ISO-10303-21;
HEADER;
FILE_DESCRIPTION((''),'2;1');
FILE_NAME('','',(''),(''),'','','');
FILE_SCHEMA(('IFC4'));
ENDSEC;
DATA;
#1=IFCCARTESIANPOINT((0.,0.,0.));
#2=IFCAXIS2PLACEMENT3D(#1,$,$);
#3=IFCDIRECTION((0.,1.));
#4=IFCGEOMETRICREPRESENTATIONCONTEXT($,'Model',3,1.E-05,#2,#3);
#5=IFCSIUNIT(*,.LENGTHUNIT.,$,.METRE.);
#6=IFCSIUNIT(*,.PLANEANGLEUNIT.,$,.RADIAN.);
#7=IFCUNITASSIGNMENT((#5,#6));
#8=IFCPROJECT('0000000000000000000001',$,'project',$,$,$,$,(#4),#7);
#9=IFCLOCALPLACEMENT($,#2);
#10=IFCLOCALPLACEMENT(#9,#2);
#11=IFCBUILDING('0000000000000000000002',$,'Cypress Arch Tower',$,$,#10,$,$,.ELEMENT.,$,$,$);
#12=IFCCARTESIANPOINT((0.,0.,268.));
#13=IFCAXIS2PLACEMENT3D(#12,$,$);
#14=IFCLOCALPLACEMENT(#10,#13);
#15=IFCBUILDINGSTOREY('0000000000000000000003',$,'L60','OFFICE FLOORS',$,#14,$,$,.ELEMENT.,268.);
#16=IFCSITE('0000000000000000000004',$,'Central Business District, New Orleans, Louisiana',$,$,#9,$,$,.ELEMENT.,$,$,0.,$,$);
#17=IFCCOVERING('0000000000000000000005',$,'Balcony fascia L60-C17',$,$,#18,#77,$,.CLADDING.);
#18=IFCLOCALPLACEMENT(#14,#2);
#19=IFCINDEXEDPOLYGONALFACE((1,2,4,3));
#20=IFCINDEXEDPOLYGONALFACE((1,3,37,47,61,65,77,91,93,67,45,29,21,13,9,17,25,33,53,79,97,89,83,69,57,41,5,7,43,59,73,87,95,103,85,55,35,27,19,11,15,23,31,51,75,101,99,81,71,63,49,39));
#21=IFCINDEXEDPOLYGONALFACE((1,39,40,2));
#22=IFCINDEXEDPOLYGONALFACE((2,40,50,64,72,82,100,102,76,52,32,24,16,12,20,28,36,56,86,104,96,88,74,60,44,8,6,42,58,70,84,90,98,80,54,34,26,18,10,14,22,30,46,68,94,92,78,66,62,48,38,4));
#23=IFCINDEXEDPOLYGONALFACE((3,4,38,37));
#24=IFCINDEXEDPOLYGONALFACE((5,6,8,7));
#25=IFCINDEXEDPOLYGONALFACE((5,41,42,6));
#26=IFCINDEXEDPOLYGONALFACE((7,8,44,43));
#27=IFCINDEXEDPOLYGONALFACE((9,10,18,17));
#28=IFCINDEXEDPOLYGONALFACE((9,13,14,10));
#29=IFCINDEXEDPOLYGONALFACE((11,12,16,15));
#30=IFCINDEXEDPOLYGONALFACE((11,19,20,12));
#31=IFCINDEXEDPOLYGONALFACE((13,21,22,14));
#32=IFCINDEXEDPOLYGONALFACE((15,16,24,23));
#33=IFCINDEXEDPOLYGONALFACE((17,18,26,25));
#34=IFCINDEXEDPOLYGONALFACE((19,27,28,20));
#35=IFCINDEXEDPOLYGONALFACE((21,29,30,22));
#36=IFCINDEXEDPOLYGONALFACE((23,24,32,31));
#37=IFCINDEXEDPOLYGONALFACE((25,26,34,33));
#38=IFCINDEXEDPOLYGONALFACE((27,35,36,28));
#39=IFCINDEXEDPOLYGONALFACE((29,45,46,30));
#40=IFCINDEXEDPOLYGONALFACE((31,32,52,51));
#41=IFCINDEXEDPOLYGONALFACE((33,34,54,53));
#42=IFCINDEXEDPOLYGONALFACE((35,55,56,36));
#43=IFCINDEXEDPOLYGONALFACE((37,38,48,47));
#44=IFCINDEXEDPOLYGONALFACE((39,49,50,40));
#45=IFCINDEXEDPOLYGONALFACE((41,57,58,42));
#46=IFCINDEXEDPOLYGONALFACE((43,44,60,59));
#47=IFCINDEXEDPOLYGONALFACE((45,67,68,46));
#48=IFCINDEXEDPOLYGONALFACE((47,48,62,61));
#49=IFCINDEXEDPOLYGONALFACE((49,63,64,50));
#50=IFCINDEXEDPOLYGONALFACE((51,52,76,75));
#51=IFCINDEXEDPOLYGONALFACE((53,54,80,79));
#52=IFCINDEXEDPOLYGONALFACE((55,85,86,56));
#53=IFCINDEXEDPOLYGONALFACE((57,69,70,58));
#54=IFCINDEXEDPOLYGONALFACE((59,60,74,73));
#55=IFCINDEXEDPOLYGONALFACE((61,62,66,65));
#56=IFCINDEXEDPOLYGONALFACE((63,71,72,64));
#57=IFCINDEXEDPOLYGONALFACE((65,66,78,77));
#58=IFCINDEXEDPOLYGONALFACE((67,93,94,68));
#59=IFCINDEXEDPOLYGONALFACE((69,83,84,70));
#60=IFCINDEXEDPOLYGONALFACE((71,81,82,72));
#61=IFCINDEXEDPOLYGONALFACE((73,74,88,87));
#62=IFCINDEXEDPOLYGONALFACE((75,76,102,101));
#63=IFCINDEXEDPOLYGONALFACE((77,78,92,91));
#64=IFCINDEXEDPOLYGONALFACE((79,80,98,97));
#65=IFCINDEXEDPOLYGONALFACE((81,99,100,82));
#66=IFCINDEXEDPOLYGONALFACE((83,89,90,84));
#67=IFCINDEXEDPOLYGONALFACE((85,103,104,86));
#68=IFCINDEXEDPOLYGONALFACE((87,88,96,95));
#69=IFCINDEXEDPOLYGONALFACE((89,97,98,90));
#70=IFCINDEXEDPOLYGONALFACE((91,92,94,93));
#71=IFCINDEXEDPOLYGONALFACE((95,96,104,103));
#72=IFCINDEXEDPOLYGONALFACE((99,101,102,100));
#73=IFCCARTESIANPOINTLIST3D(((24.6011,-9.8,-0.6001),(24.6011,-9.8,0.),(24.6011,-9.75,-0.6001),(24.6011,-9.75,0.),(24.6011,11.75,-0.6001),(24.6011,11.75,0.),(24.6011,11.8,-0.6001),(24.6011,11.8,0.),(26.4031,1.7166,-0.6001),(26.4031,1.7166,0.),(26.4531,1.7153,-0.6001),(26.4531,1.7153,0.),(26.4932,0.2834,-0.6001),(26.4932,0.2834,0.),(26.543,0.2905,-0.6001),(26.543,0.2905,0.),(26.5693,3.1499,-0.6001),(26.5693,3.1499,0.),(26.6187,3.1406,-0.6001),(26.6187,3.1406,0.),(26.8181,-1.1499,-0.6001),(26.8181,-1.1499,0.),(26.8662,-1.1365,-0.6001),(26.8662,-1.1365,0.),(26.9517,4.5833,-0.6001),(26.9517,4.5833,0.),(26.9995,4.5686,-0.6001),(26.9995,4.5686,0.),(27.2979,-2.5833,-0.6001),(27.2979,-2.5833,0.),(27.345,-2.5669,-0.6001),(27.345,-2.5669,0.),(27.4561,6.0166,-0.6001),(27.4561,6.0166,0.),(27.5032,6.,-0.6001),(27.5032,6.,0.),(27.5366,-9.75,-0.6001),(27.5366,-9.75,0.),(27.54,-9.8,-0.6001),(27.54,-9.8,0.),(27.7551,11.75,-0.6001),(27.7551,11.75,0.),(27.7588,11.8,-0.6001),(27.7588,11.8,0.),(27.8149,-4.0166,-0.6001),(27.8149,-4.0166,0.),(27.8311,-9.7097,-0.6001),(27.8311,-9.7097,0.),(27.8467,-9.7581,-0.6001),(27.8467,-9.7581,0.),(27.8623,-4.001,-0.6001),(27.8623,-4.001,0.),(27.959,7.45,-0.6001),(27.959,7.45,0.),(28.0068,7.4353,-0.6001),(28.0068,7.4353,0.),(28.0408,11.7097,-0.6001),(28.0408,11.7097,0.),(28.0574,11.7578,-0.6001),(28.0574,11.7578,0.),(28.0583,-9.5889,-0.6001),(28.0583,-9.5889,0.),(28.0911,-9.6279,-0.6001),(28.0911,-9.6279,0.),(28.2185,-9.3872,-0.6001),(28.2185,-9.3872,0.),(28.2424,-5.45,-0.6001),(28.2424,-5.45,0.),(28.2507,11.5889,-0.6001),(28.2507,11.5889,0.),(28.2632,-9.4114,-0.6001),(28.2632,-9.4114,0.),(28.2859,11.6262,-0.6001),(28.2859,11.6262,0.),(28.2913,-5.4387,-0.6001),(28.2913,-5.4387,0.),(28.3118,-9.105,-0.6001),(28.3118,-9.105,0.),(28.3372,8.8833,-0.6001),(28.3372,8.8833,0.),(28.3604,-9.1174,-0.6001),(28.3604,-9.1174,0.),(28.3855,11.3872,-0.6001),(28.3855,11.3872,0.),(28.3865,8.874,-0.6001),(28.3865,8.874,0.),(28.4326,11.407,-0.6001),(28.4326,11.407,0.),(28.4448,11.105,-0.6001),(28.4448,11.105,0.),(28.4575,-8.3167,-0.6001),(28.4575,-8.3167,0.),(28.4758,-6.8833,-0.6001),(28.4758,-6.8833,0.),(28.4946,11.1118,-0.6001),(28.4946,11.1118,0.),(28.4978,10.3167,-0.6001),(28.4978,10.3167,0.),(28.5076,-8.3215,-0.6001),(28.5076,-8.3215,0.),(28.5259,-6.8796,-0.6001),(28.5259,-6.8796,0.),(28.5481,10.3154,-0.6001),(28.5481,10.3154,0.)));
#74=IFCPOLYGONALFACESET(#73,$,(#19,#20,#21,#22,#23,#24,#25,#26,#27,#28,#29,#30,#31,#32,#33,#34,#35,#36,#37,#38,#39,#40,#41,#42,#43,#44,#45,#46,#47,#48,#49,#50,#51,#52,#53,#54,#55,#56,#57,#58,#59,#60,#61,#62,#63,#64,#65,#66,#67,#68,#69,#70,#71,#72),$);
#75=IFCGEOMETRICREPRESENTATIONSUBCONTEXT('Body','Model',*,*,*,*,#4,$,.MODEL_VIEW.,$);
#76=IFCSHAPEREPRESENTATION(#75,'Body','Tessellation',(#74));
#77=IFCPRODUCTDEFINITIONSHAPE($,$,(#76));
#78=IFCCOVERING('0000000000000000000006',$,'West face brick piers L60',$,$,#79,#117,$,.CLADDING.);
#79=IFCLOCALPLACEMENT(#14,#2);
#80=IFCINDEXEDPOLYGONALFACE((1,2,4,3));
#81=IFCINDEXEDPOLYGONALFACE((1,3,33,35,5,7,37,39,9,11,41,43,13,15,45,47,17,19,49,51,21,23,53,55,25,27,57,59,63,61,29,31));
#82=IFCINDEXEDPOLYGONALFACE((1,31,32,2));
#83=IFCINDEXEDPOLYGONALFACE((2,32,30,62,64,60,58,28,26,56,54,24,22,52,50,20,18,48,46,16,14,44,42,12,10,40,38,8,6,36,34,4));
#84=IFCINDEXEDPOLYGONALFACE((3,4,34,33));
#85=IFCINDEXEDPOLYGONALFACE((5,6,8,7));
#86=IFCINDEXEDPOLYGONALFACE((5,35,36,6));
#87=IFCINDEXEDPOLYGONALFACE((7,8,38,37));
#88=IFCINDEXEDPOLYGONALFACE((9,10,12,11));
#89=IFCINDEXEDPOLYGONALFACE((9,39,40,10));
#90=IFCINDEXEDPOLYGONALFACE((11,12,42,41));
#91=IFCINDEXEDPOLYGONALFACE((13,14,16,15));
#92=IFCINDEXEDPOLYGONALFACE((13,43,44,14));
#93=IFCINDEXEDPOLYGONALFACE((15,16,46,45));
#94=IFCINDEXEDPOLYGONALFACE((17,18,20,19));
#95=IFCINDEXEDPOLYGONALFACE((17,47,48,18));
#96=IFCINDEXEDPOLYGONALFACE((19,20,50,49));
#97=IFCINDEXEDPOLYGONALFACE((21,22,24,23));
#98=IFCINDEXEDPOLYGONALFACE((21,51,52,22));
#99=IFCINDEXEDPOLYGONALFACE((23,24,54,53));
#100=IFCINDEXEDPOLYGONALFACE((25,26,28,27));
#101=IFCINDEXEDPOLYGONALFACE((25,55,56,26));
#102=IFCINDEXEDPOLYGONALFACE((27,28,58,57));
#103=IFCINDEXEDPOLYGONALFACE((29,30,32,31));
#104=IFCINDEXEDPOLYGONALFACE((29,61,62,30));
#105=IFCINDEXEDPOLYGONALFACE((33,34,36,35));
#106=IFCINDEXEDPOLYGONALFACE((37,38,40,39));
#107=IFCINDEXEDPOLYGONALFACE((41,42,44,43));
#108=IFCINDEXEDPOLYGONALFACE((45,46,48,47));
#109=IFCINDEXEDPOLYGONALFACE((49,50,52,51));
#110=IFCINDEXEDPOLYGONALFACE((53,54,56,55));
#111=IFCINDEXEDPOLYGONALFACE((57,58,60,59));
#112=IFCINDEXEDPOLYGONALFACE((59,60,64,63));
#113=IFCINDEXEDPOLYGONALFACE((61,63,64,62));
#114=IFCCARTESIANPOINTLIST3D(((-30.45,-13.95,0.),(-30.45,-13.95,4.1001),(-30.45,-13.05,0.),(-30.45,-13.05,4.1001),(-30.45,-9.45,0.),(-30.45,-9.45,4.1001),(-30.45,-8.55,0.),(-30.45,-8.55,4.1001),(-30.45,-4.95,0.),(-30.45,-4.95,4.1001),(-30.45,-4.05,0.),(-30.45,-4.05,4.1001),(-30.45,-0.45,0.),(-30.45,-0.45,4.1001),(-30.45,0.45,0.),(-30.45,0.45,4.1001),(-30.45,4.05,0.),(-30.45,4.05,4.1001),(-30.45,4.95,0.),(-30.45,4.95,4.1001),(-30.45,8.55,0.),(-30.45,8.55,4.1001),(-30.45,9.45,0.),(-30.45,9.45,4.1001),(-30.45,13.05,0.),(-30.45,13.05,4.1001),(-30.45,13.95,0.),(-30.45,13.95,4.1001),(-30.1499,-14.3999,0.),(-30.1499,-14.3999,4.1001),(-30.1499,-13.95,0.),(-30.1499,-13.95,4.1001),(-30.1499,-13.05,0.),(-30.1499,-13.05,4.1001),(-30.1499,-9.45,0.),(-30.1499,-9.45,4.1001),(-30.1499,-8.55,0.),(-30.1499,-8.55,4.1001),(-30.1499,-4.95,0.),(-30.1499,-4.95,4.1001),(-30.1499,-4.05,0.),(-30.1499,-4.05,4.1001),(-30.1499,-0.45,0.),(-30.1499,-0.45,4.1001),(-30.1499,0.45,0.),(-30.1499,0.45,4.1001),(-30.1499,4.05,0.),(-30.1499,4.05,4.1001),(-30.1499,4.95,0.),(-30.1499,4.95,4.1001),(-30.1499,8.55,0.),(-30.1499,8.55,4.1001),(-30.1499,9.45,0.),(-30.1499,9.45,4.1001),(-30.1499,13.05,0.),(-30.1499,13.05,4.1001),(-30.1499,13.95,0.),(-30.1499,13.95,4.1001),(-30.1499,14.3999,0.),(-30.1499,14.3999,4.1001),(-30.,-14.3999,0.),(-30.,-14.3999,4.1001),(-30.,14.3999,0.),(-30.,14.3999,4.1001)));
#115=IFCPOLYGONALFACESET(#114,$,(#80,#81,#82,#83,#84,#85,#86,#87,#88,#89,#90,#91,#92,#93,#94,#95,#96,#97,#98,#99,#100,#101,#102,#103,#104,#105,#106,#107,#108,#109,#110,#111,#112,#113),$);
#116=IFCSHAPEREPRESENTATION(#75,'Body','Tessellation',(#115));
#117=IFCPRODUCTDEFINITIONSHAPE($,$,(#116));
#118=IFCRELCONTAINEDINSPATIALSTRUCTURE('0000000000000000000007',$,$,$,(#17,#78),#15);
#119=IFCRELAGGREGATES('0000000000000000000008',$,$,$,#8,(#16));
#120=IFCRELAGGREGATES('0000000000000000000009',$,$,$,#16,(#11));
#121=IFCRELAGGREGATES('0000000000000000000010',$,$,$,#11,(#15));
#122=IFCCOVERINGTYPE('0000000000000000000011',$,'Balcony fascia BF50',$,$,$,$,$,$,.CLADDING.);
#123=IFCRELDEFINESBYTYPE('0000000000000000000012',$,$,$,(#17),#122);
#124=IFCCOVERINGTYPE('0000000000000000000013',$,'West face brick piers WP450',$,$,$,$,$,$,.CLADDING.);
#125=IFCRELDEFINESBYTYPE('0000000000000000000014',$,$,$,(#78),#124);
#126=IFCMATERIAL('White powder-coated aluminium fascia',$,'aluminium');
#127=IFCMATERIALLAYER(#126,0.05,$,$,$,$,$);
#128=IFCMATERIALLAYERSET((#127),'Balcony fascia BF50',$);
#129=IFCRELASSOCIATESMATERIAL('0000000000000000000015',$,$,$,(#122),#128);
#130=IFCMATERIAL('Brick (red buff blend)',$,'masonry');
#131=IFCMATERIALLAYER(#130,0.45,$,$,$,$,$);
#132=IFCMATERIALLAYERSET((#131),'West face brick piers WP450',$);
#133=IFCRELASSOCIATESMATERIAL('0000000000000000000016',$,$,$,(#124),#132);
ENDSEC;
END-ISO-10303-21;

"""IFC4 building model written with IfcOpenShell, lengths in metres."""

from ifc_helpers import new_model, si_unit, direction, frame, origin, place, context, subcontext, project, spatial, polyline, outline, extrude, material, layer, layer_set, type_object, element, save


model = new_model("IFC4")

# Units and contexts
model_context = context("Model", 3, precision=1e-05, world=origin(), true_north=direction((0.0, 1.0)))
body_context = subcontext(model_context, "Body", "Model", "MODEL_VIEW")
ifc_project = project(units=[si_unit("LENGTHUNIT", "METRE"), si_unit("PLANEANGLEUNIT", "RADIAN")], contexts=[model_context])

# Site, building, storey
site_placement = place(None, origin())
site = spatial("IfcSite", under=ifc_project, at=site_placement, Name="Central Business District, New Orleans, Louisiana", CompositionType="ELEMENT", RefElevation=0.0)
building_placement = place(site_placement, origin())
building = spatial("IfcBuilding", under=site, at=building_placement, Name="Cypress Arch Tower", CompositionType="ELEMENT")
storey_placement = place(building_placement, frame((0.0, 0.0, 268.0)))
storey = spatial("IfcBuildingStorey", under=building, at=storey_placement, Name="L60", Description="OFFICE FLOORS", CompositionType="ELEMENT", Elevation=268.0)

# Coverings
ifc_material_1 = material(Name="White powder-coated aluminium fascia", Category="aluminium")
ifc_layer_1 = layer(ifc_material_1, 0.05)
ifc_layer_set_1 = layer_set([ifc_layer_1], Name="Balcony fascia BF50")
covering_type_1 = type_object("IfcCoveringType", Name="Balcony fascia BF50", PredefinedType="CLADDING", material=ifc_layer_set_1)
covering_1_placement = place(storey_placement, frame((0.0, 0.0, -0.6001)))
element("IfcCovering", 1, at=covering_1_placement, inside=storey, type_object=covering_type_1, Name="Balcony fascia L60-C17", PredefinedType="CLADDING", context=body_context, shape_type="SweptSolid", body=[
    extrude(outline(polyline([(27.7588, 11.8), (28.0574, 11.7578), (28.2859, 11.6262), (28.4326, 11.407), (28.4946, 11.1118), (28.5481, 10.3154), (28.3865, 8.874), (28.0068, 7.4353), (27.5032, 6.0), (26.9995, 4.5686), (26.6187, 3.1406), (26.4531, 1.7153), (26.543, 0.2905), (26.8662, -1.1365), (27.345, -2.5669), (27.8623, -4.001), (28.2913, -5.4387), (28.5259, -6.8796), (28.5076, -8.3215), (28.3604, -9.1174), (28.2632, -9.4114), (28.0911, -9.6279), (27.8467, -9.7581), (27.54, -9.8), (24.6011, -9.8), (24.6011, -9.75), (27.5366, -9.75), (27.8311, -9.7097), (28.0583, -9.5889), (28.2185, -9.3872), (28.3118, -9.105), (28.4575, -8.3167), (28.4758, -6.8833), (28.2424, -5.45), (27.8149, -4.0166), (27.2979, -2.5833), (26.8181, -1.1499), (26.4932, 0.2834), (26.4031, 1.7166), (26.5693, 3.1499), (26.9517, 4.5833), (27.4561, 6.0166), (27.959, 7.45), (28.3372, 8.8833), (28.4978, 10.3167), (28.4448, 11.105), (28.3855, 11.3872), (28.2507, 11.5889), (28.0408, 11.7097), (27.7551, 11.75), (24.6011, 11.75), (24.6011, 11.8), (27.7588, 11.8)])), origin(), (0.0, 0.0, 1.0), 0.6001),
])
ifc_material_2 = material(Name="Brick (red buff blend)", Category="masonry")
ifc_layer_2 = layer(ifc_material_2, 0.45)
ifc_layer_set_2 = layer_set([ifc_layer_2], Name="West face brick piers WP450")
covering_type_2 = type_object("IfcCoveringType", Name="West face brick piers WP450", PredefinedType="CLADDING", material=ifc_layer_set_2)
covering_2_placement = place(storey_placement, origin())
element("IfcCovering", 2, at=covering_2_placement, inside=storey, type_object=covering_type_2, Name="West face brick piers L60", PredefinedType="CLADDING", context=body_context, shape_type="SweptSolid", body=[
    extrude(outline(polyline([(-30.1499, -13.05), (-30.1499, -9.45), (-30.45, -9.45), (-30.45, -8.55), (-30.1499, -8.55), (-30.1499, -4.95), (-30.45, -4.95), (-30.45, -4.05), (-30.1499, -4.05), (-30.1499, -0.45), (-30.45, -0.45), (-30.45, 0.45), (-30.1499, 0.45), (-30.1499, 4.05), (-30.45, 4.05), (-30.45, 4.95), (-30.1499, 4.95), (-30.1499, 8.55), (-30.45, 8.55), (-30.45, 9.45), (-30.1499, 9.45), (-30.1499, 13.05), (-30.45, 13.05), (-30.45, 13.95), (-30.1499, 13.95), (-30.1499, 14.3999), (-30.0, 14.3999), (-30.0, -14.3999), (-30.1499, -14.3999), (-30.1499, -13.95), (-30.45, -13.95), (-30.45, -13.05), (-30.1499, -13.05)])), origin(), (0.0, 0.0, 1.0), 4.1001),
])

save(model, "model.ifc")
